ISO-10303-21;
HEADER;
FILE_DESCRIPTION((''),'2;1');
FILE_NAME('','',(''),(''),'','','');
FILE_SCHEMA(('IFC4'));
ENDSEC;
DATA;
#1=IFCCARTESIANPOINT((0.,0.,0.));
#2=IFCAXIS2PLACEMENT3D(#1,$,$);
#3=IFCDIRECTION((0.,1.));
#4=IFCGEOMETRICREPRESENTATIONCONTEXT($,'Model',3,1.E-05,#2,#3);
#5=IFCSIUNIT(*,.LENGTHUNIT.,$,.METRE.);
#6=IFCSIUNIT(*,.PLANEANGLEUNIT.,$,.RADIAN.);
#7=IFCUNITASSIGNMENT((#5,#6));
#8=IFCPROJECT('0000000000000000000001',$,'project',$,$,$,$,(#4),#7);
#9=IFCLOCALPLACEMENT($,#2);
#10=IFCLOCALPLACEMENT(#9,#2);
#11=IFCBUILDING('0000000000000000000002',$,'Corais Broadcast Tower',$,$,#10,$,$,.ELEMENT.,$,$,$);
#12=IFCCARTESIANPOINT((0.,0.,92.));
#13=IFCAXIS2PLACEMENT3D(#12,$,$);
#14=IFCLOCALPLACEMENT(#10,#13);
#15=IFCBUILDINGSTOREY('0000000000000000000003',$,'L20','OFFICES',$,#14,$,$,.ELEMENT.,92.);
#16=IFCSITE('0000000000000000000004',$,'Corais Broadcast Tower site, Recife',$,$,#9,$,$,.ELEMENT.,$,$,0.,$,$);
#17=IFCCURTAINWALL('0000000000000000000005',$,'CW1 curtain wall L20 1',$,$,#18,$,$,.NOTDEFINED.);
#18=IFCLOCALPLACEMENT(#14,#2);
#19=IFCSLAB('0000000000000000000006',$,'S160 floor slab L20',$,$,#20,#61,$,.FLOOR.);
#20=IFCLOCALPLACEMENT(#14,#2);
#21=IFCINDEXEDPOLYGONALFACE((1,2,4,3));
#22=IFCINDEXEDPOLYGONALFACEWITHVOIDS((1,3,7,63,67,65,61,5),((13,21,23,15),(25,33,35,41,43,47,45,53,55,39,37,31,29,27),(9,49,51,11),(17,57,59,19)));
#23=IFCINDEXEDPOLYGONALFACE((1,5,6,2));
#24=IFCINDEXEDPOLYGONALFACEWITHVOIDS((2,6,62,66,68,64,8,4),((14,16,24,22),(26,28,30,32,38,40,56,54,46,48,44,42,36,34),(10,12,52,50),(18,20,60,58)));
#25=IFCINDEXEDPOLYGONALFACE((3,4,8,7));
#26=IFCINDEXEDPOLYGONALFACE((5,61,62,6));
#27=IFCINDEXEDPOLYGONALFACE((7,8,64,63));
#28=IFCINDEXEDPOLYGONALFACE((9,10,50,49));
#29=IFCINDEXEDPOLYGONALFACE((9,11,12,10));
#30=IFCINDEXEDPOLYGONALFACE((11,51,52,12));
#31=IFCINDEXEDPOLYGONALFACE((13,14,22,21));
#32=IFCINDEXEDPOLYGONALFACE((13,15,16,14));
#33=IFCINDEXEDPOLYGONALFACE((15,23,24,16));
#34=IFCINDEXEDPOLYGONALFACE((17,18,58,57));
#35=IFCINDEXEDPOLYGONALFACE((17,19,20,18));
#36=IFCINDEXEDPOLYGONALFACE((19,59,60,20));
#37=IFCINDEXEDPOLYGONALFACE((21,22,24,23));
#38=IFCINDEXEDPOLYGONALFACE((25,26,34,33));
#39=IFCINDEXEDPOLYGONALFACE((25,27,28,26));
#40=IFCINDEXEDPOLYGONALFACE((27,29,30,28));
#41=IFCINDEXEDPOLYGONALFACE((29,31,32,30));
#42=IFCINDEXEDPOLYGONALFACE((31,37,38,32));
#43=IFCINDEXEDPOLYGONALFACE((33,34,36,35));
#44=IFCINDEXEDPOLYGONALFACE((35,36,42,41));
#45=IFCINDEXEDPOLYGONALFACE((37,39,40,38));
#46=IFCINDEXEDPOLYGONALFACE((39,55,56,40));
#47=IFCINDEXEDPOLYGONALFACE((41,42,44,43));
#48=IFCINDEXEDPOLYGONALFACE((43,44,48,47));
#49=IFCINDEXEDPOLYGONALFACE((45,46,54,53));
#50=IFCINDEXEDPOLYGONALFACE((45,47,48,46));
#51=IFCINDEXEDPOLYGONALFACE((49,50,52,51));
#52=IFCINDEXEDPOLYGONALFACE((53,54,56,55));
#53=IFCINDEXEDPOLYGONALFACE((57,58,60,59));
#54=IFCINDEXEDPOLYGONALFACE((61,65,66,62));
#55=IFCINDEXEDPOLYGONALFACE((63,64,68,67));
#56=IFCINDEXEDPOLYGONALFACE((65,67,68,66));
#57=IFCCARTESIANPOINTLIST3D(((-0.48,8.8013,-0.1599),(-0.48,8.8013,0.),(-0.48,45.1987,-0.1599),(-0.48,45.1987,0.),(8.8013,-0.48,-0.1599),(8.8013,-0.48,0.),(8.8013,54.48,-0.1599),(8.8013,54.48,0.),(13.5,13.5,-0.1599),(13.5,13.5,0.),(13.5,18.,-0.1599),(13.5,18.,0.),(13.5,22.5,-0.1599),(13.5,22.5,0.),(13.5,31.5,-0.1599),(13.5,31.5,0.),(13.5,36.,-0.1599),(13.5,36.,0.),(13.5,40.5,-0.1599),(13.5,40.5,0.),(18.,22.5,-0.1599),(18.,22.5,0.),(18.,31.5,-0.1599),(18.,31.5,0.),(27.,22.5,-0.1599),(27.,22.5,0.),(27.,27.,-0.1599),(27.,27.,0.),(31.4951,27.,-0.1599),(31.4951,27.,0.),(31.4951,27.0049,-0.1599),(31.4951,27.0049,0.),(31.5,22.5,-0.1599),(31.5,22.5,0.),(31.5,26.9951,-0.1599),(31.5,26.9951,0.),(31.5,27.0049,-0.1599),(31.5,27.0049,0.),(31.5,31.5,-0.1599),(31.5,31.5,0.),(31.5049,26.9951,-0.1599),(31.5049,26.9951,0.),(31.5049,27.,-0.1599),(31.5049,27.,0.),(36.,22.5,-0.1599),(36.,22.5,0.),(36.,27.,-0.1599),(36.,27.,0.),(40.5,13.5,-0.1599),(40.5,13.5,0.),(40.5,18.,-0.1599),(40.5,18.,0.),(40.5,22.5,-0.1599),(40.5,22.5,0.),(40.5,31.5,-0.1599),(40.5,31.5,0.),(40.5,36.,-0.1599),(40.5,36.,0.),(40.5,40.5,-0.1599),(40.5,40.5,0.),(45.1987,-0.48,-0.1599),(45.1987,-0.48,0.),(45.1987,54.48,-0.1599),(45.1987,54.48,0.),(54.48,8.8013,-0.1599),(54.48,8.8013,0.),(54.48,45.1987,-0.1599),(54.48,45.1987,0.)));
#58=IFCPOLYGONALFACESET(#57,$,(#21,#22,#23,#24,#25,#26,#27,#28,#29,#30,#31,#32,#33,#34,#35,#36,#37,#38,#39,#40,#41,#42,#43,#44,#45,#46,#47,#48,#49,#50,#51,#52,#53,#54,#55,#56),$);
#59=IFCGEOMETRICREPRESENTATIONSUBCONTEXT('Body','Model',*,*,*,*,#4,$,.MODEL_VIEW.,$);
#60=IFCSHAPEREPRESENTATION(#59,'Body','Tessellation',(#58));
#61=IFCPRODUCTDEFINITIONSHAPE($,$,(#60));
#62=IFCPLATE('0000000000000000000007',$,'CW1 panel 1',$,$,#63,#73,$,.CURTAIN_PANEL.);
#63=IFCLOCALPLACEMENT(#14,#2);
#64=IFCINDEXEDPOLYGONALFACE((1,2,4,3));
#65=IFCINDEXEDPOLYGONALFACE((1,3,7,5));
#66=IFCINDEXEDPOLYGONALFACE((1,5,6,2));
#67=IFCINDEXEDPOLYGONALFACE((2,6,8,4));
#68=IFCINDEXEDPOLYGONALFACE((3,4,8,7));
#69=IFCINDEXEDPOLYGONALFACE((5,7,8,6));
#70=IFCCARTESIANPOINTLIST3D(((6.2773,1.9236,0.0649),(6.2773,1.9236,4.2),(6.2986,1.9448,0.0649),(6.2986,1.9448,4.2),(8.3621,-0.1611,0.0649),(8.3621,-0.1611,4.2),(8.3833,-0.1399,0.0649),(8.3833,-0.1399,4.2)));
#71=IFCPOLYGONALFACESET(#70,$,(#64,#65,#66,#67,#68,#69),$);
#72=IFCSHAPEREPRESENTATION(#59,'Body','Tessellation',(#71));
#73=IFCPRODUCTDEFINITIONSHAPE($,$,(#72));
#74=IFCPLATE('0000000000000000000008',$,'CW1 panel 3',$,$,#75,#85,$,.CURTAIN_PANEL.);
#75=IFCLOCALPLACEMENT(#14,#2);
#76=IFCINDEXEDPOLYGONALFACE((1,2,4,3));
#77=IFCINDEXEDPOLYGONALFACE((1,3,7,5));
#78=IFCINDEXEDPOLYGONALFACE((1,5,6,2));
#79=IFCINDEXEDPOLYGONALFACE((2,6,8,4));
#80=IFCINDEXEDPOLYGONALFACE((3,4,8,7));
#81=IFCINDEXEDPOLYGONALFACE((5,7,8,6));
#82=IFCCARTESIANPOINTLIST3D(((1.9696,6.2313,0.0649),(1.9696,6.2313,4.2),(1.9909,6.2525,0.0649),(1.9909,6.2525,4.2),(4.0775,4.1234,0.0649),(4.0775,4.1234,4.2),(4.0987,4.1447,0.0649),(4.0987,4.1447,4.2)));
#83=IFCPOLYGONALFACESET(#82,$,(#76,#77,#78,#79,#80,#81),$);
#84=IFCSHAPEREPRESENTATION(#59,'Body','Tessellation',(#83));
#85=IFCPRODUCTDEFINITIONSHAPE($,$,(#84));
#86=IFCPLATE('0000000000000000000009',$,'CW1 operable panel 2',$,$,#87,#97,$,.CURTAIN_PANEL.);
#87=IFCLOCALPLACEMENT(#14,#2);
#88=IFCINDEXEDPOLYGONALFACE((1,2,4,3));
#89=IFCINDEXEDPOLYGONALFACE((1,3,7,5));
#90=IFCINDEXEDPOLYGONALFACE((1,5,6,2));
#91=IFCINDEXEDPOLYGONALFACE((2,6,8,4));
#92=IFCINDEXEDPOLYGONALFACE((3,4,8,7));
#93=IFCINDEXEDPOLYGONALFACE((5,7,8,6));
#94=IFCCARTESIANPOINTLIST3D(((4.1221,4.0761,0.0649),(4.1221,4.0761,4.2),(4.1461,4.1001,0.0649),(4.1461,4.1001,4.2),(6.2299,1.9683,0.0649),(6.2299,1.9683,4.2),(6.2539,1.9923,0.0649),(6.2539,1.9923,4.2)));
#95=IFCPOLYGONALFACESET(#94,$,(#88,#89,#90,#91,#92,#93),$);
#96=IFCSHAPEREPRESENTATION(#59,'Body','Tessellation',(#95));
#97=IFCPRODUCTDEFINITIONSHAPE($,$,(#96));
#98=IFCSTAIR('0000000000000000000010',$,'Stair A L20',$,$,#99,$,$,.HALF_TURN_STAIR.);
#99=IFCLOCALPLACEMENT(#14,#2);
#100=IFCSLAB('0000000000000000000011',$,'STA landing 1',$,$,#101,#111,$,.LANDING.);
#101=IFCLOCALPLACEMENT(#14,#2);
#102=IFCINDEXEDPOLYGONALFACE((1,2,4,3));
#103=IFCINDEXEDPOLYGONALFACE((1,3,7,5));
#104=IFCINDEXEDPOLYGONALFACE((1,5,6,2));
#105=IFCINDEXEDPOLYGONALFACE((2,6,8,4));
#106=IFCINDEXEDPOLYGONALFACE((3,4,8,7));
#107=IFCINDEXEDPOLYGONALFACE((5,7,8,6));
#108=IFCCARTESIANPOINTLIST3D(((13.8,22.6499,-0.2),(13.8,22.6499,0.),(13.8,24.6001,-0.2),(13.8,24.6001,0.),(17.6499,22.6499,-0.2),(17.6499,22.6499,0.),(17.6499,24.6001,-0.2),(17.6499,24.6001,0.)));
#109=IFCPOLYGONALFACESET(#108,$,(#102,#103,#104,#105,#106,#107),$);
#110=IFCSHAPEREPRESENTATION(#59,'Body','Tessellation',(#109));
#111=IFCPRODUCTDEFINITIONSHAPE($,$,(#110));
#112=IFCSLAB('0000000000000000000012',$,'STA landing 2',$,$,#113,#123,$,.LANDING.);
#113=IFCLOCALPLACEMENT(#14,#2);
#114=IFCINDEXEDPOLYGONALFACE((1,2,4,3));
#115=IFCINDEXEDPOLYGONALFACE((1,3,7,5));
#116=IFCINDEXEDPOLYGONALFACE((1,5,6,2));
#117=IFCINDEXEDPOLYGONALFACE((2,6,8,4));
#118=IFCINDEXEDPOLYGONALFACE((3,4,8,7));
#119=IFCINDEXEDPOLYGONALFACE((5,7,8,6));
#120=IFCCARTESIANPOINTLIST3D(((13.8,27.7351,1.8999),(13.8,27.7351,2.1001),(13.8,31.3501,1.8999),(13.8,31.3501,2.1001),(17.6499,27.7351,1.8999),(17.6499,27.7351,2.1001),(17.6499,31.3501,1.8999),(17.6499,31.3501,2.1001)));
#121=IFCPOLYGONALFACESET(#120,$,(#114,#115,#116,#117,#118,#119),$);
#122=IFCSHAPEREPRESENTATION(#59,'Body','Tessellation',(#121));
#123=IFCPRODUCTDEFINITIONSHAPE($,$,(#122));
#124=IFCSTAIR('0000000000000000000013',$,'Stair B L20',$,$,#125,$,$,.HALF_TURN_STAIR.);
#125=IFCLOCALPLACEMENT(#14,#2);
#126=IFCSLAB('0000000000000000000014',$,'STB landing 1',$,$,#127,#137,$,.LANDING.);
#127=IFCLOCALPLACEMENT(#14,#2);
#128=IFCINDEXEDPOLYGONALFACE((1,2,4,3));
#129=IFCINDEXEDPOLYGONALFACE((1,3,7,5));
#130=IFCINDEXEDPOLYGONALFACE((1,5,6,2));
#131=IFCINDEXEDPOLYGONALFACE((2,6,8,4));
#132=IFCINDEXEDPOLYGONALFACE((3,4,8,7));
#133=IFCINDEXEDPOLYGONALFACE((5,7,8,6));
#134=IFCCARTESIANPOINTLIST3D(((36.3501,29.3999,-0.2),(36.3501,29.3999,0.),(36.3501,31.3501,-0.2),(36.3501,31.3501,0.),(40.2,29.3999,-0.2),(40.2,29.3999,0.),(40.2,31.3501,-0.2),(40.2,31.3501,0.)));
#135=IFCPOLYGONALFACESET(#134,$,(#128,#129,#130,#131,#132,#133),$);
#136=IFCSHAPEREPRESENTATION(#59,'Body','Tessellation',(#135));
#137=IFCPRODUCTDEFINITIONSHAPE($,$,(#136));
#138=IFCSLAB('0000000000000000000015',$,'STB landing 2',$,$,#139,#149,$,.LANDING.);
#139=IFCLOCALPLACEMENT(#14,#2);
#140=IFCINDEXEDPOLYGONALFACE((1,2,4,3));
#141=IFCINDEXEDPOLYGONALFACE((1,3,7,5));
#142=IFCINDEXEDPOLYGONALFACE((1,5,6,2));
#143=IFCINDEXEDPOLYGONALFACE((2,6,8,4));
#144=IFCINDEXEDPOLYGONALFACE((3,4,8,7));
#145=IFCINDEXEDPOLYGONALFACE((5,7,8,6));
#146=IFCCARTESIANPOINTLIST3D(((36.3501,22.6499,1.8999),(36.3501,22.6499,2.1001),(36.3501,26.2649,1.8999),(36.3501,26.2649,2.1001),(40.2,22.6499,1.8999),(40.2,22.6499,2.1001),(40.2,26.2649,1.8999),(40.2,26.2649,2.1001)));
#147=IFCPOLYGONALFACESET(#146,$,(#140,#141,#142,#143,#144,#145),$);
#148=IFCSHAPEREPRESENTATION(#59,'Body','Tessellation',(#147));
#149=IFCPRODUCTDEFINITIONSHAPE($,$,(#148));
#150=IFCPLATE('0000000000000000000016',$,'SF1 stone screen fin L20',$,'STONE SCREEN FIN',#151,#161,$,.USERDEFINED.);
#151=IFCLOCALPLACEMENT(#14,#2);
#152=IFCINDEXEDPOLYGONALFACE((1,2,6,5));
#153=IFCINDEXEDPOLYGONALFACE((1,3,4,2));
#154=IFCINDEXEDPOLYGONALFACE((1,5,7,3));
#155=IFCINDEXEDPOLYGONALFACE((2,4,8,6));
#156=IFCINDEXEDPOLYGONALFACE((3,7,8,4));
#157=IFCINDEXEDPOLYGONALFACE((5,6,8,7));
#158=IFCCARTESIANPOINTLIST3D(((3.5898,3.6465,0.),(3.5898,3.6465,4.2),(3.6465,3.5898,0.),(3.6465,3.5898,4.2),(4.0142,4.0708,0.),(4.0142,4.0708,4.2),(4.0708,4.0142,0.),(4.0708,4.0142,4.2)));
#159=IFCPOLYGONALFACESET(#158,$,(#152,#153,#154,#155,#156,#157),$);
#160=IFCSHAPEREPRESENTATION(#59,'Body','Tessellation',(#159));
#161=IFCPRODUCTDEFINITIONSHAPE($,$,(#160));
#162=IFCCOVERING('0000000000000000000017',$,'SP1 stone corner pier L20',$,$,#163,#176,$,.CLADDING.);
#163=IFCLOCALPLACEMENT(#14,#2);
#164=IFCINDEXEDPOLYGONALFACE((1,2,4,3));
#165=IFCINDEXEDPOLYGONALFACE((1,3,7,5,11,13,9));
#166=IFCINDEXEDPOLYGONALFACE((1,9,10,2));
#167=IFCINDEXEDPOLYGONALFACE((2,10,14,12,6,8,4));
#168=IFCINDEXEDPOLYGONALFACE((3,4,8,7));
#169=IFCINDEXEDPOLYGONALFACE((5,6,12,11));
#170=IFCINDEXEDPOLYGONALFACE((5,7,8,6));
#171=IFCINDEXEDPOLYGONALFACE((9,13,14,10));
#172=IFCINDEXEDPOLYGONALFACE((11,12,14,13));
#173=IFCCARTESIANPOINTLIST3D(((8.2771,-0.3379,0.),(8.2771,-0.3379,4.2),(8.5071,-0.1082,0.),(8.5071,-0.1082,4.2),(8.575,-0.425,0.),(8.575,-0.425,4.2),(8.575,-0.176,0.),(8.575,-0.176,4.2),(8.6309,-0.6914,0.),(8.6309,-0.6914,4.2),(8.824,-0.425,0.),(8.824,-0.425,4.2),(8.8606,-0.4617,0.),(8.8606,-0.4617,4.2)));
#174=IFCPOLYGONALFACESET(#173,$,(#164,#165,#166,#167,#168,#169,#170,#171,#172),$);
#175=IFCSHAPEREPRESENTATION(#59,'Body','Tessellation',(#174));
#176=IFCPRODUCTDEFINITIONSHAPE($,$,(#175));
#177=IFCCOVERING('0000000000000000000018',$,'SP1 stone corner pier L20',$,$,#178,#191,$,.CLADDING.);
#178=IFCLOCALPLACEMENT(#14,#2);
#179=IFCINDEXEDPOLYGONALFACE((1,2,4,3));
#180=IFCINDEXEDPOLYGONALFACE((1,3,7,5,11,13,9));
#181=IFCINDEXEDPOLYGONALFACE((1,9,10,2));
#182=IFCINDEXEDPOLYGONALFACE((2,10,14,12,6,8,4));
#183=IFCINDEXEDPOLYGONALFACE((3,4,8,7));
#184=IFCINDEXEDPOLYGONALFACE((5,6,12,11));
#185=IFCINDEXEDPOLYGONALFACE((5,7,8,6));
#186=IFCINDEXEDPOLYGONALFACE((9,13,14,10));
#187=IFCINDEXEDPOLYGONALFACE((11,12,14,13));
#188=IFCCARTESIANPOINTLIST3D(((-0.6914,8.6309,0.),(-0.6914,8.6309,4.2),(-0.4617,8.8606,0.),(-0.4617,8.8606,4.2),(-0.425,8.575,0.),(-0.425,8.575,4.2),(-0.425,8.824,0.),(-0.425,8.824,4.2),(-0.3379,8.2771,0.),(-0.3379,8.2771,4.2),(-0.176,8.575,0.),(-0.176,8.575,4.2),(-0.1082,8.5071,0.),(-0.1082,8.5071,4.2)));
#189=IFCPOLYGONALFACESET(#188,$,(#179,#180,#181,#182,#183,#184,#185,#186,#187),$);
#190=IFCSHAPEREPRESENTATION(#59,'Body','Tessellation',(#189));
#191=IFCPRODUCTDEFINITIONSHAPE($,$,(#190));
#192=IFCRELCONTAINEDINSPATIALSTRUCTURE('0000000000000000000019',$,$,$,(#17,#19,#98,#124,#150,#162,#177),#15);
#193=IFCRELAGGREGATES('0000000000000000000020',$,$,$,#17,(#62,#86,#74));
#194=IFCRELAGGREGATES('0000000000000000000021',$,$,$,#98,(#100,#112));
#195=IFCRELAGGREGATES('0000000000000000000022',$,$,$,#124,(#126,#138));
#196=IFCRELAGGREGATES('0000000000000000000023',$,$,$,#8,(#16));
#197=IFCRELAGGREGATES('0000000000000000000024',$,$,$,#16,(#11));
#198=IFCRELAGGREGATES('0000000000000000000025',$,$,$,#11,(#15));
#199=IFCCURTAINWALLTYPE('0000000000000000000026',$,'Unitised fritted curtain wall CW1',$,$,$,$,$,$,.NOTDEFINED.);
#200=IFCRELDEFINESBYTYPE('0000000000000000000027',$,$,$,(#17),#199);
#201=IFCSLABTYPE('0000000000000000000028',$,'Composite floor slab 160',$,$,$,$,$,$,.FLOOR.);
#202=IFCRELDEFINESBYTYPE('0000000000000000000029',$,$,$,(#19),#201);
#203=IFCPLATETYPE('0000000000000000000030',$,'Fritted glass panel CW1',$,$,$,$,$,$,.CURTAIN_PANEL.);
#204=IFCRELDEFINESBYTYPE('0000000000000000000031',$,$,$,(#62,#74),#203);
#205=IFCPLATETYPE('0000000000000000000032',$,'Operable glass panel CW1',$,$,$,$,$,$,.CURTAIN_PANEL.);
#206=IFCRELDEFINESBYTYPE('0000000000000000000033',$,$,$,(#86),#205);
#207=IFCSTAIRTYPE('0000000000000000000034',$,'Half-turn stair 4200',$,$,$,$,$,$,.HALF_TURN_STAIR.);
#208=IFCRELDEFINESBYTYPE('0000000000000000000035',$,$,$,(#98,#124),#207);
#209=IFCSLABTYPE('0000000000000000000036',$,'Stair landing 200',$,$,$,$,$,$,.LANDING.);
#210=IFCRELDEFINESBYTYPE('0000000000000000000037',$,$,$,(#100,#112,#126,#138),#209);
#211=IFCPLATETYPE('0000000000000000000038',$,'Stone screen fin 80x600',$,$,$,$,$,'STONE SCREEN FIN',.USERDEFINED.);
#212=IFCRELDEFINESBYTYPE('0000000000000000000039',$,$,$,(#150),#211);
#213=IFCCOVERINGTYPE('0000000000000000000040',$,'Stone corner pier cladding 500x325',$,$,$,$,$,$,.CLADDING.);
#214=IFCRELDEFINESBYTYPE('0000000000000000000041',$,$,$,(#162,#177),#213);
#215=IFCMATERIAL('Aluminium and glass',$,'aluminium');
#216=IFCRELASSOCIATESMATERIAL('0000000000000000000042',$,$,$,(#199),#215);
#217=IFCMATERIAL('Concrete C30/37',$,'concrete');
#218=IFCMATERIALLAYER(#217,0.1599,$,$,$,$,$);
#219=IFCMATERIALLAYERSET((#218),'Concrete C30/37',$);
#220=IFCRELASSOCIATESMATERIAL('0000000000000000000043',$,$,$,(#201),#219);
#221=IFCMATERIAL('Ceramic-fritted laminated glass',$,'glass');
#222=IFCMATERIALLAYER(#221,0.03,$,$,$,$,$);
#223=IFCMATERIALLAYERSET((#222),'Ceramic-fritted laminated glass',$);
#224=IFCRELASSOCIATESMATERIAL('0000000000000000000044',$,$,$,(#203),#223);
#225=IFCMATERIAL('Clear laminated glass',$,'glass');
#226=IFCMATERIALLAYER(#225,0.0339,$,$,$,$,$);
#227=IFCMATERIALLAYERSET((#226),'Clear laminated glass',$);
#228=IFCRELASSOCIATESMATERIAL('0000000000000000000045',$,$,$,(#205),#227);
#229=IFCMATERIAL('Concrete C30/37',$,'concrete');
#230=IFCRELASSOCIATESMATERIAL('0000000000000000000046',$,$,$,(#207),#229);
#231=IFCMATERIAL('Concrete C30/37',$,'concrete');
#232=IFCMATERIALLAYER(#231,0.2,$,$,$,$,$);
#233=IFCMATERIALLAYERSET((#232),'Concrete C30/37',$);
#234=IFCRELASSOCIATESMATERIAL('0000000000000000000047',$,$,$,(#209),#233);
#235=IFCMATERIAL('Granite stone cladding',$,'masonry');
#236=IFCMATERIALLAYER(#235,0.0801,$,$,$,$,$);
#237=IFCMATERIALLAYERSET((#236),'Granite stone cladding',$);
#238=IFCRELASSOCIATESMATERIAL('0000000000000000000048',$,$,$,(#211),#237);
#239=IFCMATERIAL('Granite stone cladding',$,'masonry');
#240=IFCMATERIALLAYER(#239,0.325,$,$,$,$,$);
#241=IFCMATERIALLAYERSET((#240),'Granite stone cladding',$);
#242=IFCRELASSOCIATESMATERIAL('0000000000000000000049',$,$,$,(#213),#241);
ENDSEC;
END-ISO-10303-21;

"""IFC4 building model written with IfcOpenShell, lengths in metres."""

from ifc_helpers import new_model, si_unit, direction, frame, origin, origin_2d, place, context, subcontext, project, spatial, polyline, rectangle, outline, extrude, material, layer, layer_set, type_object, element, aggregate, save


model = new_model("IFC4")

# Units and contexts
model_context = context("Model", 3, precision=1e-05, world=origin(), true_north=direction((0.0, 1.0)))
body_context = subcontext(model_context, "Body", "Model", "MODEL_VIEW")
ifc_project = project(units=[si_unit("LENGTHUNIT", "METRE"), si_unit("PLANEANGLEUNIT", "RADIAN")], contexts=[model_context])

# Site, building, storey
site_placement = place(None, origin())
site = spatial("IfcSite", under=ifc_project, at=site_placement, Name="Corais Broadcast Tower site, Recife", CompositionType="ELEMENT", RefElevation=0.0)
building_placement = place(site_placement, origin())
building = spatial("IfcBuilding", under=site, at=building_placement, Name="Corais Broadcast Tower", CompositionType="ELEMENT")
storey_placement = place(building_placement, frame((0.0, 0.0, 92.0)))
storey = spatial("IfcBuildingStorey", under=building, at=storey_placement, Name="L20", Description="OFFICES", CompositionType="ELEMENT", Elevation=92.0)

# Curtain wall
ifc_material_1 = material(Name="Aluminium and glass", Category="aluminium")
curtain_wall_type = type_object("IfcCurtainWallType", Name="Unitised fritted curtain wall CW1", PredefinedType="NOTDEFINED", material=ifc_material_1)
curtain_wall_placement = place(storey_placement, origin())
curtain_wall = element("IfcCurtainWall", 1, at=curtain_wall_placement, inside=storey, type_object=curtain_wall_type, Name="CW1 curtain wall L20 1", PredefinedType="NOTDEFINED")

# Slab
ifc_material_2 = material(Name="Concrete C30/37", Category="concrete")
ifc_layer_1 = layer(ifc_material_2, 0.1599)
ifc_layer_set_1 = layer_set([ifc_layer_1], Name="Concrete C30/37")
slab_type_1 = type_object("IfcSlabType", Name="Composite floor slab 160", PredefinedType="FLOOR", material=ifc_layer_set_1)
slab_1_placement = place(storey_placement, frame((0.0, 0.0, -0.1599)))
element("IfcSlab", 2, at=slab_1_placement, inside=storey, type_object=slab_type_1, Name="S160 floor slab L20", PredefinedType="FLOOR", context=body_context, shape_type="SweptSolid", body=[
    extrude(outline(polyline([(8.8013, -0.48), (-0.48, 8.8013), (-0.48, 45.1987), (8.8013, 54.48), (45.1987, 54.48), (54.48, 45.1987), (54.48, 8.8013), (45.1987, -0.48), (8.8013, -0.48)]), holes=[polyline([(13.5, 18.0), (40.5, 18.0), (40.5, 13.5), (13.5, 13.5), (13.5, 18.0)]), polyline([(13.5, 22.5), (13.5, 31.5), (18.0, 31.5), (18.0, 22.5), (13.5, 22.5)]), polyline([(13.5, 40.5), (40.5, 40.5), (40.5, 36.0), (13.5, 36.0), (13.5, 40.5)]), polyline([(27.0, 22.5), (27.0, 27.0), (31.4951, 27.0), (31.4951, 27.0049), (31.5, 27.0049), (31.5, 31.5), (40.5, 31.5), (40.5, 22.5), (36.0, 22.5), (36.0, 27.0), (31.5049, 27.0), (31.5049, 26.9951), (31.5, 26.9951), (31.5, 22.5), (27.0, 22.5)])]), origin(), (0.0, 0.0, 1.0), 0.1599),
])

# Plates
ifc_material_3 = material(Name="Ceramic-fritted laminated glass", Category="glass")
ifc_layer_2 = layer(ifc_material_3, 0.03)
ifc_layer_set_2 = layer_set([ifc_layer_2], Name="Ceramic-fritted laminated glass")
plate_type_1 = type_object("IfcPlateType", Name="Fritted glass panel CW1", PredefinedType="CURTAIN_PANEL", material=ifc_layer_set_2)
plate_1_placement = place(storey_placement, frame((7.3303, 0.8918, 0.0649), z_axis=(0.0, 0.0, 1.0), x_axis=(-0.707107, 0.707107, 0.0)))
plate_1 = element("IfcPlate", 3, at=plate_1_placement, type_object=plate_type_1, Name="CW1 panel 1", PredefinedType="CURTAIN_PANEL", context=body_context, shape_type="SweptSolid", body=[
    extrude(rectangle(XDim=2.9482, YDim=0.03, at=origin_2d()), origin(), (0.0, 0.0, 1.0), 4.135),
])
plate_2_placement = place(storey_placement, frame((3.0342, 5.188, 0.0649), z_axis=(0.0, 0.0, 1.0), x_axis=(-0.707107, 0.707107, 0.0)))
plate_2 = element("IfcPlate", 4, at=plate_2_placement, type_object=plate_type_1, Name="CW1 panel 3", PredefinedType="CURTAIN_PANEL", context=body_context, shape_type="SweptSolid", body=[
    extrude(rectangle(XDim=2.981, YDim=0.03, at=origin_2d()), origin(), (0.0, 0.0, 1.0), 4.135),
])
ifc_material_4 = material(Name="Clear laminated glass", Category="glass")
ifc_layer_3 = layer(ifc_material_4, 0.0339)
ifc_layer_set_3 = layer_set([ifc_layer_3], Name="Clear laminated glass")
plate_type_2 = type_object("IfcPlateType", Name="Operable glass panel CW1", PredefinedType="CURTAIN_PANEL", material=ifc_layer_set_3)
plate_3_placement = place(storey_placement, frame((5.188, 3.0342, 0.0649), z_axis=(0.0, 0.0, 1.0), x_axis=(-0.707107, 0.707107, 0.0)))
plate_3 = element("IfcPlate", 5, at=plate_3_placement, type_object=plate_type_2, Name="CW1 operable panel 2", PredefinedType="CURTAIN_PANEL", context=body_context, shape_type="SweptSolid", body=[
    extrude(rectangle(XDim=2.981, YDim=0.0339, at=origin_2d()), origin(), (0.0, 0.0, 1.0), 4.135),
])
aggregate(curtain_wall, [plate_1, plate_3, plate_2])

# Stairs, slabs
ifc_material_5 = material(Name="Concrete C30/37", Category="concrete")
stair_type = type_object("IfcStairType", Name="Half-turn stair 4200", PredefinedType="HALF_TURN_STAIR", material=ifc_material_5)
stair_1_placement = place(storey_placement, origin())
stair_1 = element("IfcStair", 6, at=stair_1_placement, inside=storey, type_object=stair_type, Name="Stair A L20", PredefinedType="HALF_TURN_STAIR")
ifc_material_6 = material(Name="Concrete C30/37", Category="concrete")
ifc_layer_4 = layer(ifc_material_6, 0.2)
ifc_layer_set_4 = layer_set([ifc_layer_4], Name="Concrete C30/37")
slab_type_2 = type_object("IfcSlabType", Name="Stair landing 200", PredefinedType="LANDING", material=ifc_layer_set_4)
slab_2_placement = place(storey_placement, frame((0.0, 0.0, -0.2)))
slab_2 = element("IfcSlab", 7, at=slab_2_placement, type_object=slab_type_2, Name="STA landing 1", PredefinedType="LANDING", context=body_context, shape_type="SweptSolid", body=[
    extrude(outline(polyline([(13.8, 22.6499), (17.6499, 22.6499), (17.6499, 24.6001), (13.8, 24.6001), (13.8, 22.6499)])), origin(), (0.0, 0.0, 1.0), 0.2),
])
slab_3_placement = place(storey_placement, frame((0.0, 0.0, 1.8999)))
slab_3 = element("IfcSlab", 8, at=slab_3_placement, type_object=slab_type_2, Name="STA landing 2", PredefinedType="LANDING", context=body_context, shape_type="SweptSolid", body=[
    extrude(outline(polyline([(13.8, 27.7351), (17.6499, 27.7351), (17.6499, 31.3501), (13.8, 31.3501), (13.8, 27.7351)])), origin(), (0.0, 0.0, 1.0), 0.2002),
])
aggregate(stair_1, [slab_2, slab_3])
stair_2_placement = place(storey_placement, origin())
stair_2 = element("IfcStair", 9, at=stair_2_placement, inside=storey, type_object=stair_type, Name="Stair B L20", PredefinedType="HALF_TURN_STAIR")
slab_4_placement = place(storey_placement, frame((0.0, 0.0, -0.2)))
slab_4 = element("IfcSlab", 10, at=slab_4_placement, type_object=slab_type_2, Name="STB landing 1", PredefinedType="LANDING", context=body_context, shape_type="SweptSolid", body=[
    extrude(outline(polyline([(36.3501, 29.3999), (40.2, 29.3999), (40.2, 31.3501), (36.3501, 31.3501), (36.3501, 29.3999)])), origin(), (0.0, 0.0, 1.0), 0.2),
])
slab_5_placement = place(storey_placement, frame((0.0, 0.0, 1.8999)))
slab_5 = element("IfcSlab", 11, at=slab_5_placement, type_object=slab_type_2, Name="STB landing 2", PredefinedType="LANDING", context=body_context, shape_type="SweptSolid", body=[
    extrude(outline(polyline([(36.3501, 22.6499), (40.2, 22.6499), (40.2, 26.2649), (36.3501, 26.2649), (36.3501, 22.6499)])), origin(), (0.0, 0.0, 1.0), 0.2002),
])
aggregate(stair_2, [slab_4, slab_5])

# Plate
ifc_material_7 = material(Name="Granite stone cladding", Category="masonry")
ifc_layer_5 = layer(ifc_material_7, 0.0801)
ifc_layer_set_5 = layer_set([ifc_layer_5], Name="Granite stone cladding")
plate_type_3 = type_object("IfcPlateType", Name="Stone screen fin 80x600", ElementType="STONE SCREEN FIN", PredefinedType="USERDEFINED", material=ifc_layer_set_5)
plate_4_placement = place(storey_placement, frame((3.8303, 3.8303, 0.0), z_axis=(0.0, 0.0, 1.0), x_axis=(-0.707107, 0.707107, 0.0)))
element("IfcPlate", 12, at=plate_4_placement, inside=storey, type_object=plate_type_3, Name="SF1 stone screen fin L20", ObjectType="STONE SCREEN FIN", PredefinedType="USERDEFINED", context=body_context, shape_type="SweptSolid", body=[
    extrude(rectangle(XDim=0.0801, YDim=0.6001, at=origin_2d()), origin(), (0.0, 0.0, 1.0), 4.2),
])

# Coverings
ifc_material_8 = material(Name="Granite stone cladding", Category="masonry")
ifc_layer_6 = layer(ifc_material_8, 0.325)
ifc_layer_set_6 = layer_set([ifc_layer_6], Name="Granite stone cladding")
covering_type_1 = type_object("IfcCoveringType", Name="Stone corner pier cladding 500x325", PredefinedType="CLADDING", material=ifc_layer_set_6)
covering_1_placement = place(storey_placement, origin())
element("IfcCovering", 13, at=covering_1_placement, inside=storey, type_object=covering_type_1, Name="SP1 stone corner pier L20", PredefinedType="CLADDING", context=body_context, shape_type="SweptSolid", body=[
    extrude(outline(polyline([(8.8606, -0.4617), (8.824, -0.425), (8.575, -0.425), (8.575, -0.176), (8.5071, -0.1082), (8.2771, -0.3379), (8.6309, -0.6914), (8.8606, -0.4617)])), origin(), (0.0, 0.0, 1.0), 4.2),
])
covering_2_placement = place(storey_placement, origin())
element("IfcCovering", 14, at=covering_2_placement, inside=storey, type_object=covering_type_1, Name="SP1 stone corner pier L20", PredefinedType="CLADDING", context=body_context, shape_type="SweptSolid", body=[
    extrude(outline(polyline([(-0.425, 8.824), (-0.4617, 8.8606), (-0.6914, 8.6309), (-0.3379, 8.2771), (-0.1082, 8.5071), (-0.176, 8.575), (-0.425, 8.575), (-0.425, 8.824)])), origin(), (0.0, 0.0, 1.0), 4.2),
])

save(model, "model.ifc")
